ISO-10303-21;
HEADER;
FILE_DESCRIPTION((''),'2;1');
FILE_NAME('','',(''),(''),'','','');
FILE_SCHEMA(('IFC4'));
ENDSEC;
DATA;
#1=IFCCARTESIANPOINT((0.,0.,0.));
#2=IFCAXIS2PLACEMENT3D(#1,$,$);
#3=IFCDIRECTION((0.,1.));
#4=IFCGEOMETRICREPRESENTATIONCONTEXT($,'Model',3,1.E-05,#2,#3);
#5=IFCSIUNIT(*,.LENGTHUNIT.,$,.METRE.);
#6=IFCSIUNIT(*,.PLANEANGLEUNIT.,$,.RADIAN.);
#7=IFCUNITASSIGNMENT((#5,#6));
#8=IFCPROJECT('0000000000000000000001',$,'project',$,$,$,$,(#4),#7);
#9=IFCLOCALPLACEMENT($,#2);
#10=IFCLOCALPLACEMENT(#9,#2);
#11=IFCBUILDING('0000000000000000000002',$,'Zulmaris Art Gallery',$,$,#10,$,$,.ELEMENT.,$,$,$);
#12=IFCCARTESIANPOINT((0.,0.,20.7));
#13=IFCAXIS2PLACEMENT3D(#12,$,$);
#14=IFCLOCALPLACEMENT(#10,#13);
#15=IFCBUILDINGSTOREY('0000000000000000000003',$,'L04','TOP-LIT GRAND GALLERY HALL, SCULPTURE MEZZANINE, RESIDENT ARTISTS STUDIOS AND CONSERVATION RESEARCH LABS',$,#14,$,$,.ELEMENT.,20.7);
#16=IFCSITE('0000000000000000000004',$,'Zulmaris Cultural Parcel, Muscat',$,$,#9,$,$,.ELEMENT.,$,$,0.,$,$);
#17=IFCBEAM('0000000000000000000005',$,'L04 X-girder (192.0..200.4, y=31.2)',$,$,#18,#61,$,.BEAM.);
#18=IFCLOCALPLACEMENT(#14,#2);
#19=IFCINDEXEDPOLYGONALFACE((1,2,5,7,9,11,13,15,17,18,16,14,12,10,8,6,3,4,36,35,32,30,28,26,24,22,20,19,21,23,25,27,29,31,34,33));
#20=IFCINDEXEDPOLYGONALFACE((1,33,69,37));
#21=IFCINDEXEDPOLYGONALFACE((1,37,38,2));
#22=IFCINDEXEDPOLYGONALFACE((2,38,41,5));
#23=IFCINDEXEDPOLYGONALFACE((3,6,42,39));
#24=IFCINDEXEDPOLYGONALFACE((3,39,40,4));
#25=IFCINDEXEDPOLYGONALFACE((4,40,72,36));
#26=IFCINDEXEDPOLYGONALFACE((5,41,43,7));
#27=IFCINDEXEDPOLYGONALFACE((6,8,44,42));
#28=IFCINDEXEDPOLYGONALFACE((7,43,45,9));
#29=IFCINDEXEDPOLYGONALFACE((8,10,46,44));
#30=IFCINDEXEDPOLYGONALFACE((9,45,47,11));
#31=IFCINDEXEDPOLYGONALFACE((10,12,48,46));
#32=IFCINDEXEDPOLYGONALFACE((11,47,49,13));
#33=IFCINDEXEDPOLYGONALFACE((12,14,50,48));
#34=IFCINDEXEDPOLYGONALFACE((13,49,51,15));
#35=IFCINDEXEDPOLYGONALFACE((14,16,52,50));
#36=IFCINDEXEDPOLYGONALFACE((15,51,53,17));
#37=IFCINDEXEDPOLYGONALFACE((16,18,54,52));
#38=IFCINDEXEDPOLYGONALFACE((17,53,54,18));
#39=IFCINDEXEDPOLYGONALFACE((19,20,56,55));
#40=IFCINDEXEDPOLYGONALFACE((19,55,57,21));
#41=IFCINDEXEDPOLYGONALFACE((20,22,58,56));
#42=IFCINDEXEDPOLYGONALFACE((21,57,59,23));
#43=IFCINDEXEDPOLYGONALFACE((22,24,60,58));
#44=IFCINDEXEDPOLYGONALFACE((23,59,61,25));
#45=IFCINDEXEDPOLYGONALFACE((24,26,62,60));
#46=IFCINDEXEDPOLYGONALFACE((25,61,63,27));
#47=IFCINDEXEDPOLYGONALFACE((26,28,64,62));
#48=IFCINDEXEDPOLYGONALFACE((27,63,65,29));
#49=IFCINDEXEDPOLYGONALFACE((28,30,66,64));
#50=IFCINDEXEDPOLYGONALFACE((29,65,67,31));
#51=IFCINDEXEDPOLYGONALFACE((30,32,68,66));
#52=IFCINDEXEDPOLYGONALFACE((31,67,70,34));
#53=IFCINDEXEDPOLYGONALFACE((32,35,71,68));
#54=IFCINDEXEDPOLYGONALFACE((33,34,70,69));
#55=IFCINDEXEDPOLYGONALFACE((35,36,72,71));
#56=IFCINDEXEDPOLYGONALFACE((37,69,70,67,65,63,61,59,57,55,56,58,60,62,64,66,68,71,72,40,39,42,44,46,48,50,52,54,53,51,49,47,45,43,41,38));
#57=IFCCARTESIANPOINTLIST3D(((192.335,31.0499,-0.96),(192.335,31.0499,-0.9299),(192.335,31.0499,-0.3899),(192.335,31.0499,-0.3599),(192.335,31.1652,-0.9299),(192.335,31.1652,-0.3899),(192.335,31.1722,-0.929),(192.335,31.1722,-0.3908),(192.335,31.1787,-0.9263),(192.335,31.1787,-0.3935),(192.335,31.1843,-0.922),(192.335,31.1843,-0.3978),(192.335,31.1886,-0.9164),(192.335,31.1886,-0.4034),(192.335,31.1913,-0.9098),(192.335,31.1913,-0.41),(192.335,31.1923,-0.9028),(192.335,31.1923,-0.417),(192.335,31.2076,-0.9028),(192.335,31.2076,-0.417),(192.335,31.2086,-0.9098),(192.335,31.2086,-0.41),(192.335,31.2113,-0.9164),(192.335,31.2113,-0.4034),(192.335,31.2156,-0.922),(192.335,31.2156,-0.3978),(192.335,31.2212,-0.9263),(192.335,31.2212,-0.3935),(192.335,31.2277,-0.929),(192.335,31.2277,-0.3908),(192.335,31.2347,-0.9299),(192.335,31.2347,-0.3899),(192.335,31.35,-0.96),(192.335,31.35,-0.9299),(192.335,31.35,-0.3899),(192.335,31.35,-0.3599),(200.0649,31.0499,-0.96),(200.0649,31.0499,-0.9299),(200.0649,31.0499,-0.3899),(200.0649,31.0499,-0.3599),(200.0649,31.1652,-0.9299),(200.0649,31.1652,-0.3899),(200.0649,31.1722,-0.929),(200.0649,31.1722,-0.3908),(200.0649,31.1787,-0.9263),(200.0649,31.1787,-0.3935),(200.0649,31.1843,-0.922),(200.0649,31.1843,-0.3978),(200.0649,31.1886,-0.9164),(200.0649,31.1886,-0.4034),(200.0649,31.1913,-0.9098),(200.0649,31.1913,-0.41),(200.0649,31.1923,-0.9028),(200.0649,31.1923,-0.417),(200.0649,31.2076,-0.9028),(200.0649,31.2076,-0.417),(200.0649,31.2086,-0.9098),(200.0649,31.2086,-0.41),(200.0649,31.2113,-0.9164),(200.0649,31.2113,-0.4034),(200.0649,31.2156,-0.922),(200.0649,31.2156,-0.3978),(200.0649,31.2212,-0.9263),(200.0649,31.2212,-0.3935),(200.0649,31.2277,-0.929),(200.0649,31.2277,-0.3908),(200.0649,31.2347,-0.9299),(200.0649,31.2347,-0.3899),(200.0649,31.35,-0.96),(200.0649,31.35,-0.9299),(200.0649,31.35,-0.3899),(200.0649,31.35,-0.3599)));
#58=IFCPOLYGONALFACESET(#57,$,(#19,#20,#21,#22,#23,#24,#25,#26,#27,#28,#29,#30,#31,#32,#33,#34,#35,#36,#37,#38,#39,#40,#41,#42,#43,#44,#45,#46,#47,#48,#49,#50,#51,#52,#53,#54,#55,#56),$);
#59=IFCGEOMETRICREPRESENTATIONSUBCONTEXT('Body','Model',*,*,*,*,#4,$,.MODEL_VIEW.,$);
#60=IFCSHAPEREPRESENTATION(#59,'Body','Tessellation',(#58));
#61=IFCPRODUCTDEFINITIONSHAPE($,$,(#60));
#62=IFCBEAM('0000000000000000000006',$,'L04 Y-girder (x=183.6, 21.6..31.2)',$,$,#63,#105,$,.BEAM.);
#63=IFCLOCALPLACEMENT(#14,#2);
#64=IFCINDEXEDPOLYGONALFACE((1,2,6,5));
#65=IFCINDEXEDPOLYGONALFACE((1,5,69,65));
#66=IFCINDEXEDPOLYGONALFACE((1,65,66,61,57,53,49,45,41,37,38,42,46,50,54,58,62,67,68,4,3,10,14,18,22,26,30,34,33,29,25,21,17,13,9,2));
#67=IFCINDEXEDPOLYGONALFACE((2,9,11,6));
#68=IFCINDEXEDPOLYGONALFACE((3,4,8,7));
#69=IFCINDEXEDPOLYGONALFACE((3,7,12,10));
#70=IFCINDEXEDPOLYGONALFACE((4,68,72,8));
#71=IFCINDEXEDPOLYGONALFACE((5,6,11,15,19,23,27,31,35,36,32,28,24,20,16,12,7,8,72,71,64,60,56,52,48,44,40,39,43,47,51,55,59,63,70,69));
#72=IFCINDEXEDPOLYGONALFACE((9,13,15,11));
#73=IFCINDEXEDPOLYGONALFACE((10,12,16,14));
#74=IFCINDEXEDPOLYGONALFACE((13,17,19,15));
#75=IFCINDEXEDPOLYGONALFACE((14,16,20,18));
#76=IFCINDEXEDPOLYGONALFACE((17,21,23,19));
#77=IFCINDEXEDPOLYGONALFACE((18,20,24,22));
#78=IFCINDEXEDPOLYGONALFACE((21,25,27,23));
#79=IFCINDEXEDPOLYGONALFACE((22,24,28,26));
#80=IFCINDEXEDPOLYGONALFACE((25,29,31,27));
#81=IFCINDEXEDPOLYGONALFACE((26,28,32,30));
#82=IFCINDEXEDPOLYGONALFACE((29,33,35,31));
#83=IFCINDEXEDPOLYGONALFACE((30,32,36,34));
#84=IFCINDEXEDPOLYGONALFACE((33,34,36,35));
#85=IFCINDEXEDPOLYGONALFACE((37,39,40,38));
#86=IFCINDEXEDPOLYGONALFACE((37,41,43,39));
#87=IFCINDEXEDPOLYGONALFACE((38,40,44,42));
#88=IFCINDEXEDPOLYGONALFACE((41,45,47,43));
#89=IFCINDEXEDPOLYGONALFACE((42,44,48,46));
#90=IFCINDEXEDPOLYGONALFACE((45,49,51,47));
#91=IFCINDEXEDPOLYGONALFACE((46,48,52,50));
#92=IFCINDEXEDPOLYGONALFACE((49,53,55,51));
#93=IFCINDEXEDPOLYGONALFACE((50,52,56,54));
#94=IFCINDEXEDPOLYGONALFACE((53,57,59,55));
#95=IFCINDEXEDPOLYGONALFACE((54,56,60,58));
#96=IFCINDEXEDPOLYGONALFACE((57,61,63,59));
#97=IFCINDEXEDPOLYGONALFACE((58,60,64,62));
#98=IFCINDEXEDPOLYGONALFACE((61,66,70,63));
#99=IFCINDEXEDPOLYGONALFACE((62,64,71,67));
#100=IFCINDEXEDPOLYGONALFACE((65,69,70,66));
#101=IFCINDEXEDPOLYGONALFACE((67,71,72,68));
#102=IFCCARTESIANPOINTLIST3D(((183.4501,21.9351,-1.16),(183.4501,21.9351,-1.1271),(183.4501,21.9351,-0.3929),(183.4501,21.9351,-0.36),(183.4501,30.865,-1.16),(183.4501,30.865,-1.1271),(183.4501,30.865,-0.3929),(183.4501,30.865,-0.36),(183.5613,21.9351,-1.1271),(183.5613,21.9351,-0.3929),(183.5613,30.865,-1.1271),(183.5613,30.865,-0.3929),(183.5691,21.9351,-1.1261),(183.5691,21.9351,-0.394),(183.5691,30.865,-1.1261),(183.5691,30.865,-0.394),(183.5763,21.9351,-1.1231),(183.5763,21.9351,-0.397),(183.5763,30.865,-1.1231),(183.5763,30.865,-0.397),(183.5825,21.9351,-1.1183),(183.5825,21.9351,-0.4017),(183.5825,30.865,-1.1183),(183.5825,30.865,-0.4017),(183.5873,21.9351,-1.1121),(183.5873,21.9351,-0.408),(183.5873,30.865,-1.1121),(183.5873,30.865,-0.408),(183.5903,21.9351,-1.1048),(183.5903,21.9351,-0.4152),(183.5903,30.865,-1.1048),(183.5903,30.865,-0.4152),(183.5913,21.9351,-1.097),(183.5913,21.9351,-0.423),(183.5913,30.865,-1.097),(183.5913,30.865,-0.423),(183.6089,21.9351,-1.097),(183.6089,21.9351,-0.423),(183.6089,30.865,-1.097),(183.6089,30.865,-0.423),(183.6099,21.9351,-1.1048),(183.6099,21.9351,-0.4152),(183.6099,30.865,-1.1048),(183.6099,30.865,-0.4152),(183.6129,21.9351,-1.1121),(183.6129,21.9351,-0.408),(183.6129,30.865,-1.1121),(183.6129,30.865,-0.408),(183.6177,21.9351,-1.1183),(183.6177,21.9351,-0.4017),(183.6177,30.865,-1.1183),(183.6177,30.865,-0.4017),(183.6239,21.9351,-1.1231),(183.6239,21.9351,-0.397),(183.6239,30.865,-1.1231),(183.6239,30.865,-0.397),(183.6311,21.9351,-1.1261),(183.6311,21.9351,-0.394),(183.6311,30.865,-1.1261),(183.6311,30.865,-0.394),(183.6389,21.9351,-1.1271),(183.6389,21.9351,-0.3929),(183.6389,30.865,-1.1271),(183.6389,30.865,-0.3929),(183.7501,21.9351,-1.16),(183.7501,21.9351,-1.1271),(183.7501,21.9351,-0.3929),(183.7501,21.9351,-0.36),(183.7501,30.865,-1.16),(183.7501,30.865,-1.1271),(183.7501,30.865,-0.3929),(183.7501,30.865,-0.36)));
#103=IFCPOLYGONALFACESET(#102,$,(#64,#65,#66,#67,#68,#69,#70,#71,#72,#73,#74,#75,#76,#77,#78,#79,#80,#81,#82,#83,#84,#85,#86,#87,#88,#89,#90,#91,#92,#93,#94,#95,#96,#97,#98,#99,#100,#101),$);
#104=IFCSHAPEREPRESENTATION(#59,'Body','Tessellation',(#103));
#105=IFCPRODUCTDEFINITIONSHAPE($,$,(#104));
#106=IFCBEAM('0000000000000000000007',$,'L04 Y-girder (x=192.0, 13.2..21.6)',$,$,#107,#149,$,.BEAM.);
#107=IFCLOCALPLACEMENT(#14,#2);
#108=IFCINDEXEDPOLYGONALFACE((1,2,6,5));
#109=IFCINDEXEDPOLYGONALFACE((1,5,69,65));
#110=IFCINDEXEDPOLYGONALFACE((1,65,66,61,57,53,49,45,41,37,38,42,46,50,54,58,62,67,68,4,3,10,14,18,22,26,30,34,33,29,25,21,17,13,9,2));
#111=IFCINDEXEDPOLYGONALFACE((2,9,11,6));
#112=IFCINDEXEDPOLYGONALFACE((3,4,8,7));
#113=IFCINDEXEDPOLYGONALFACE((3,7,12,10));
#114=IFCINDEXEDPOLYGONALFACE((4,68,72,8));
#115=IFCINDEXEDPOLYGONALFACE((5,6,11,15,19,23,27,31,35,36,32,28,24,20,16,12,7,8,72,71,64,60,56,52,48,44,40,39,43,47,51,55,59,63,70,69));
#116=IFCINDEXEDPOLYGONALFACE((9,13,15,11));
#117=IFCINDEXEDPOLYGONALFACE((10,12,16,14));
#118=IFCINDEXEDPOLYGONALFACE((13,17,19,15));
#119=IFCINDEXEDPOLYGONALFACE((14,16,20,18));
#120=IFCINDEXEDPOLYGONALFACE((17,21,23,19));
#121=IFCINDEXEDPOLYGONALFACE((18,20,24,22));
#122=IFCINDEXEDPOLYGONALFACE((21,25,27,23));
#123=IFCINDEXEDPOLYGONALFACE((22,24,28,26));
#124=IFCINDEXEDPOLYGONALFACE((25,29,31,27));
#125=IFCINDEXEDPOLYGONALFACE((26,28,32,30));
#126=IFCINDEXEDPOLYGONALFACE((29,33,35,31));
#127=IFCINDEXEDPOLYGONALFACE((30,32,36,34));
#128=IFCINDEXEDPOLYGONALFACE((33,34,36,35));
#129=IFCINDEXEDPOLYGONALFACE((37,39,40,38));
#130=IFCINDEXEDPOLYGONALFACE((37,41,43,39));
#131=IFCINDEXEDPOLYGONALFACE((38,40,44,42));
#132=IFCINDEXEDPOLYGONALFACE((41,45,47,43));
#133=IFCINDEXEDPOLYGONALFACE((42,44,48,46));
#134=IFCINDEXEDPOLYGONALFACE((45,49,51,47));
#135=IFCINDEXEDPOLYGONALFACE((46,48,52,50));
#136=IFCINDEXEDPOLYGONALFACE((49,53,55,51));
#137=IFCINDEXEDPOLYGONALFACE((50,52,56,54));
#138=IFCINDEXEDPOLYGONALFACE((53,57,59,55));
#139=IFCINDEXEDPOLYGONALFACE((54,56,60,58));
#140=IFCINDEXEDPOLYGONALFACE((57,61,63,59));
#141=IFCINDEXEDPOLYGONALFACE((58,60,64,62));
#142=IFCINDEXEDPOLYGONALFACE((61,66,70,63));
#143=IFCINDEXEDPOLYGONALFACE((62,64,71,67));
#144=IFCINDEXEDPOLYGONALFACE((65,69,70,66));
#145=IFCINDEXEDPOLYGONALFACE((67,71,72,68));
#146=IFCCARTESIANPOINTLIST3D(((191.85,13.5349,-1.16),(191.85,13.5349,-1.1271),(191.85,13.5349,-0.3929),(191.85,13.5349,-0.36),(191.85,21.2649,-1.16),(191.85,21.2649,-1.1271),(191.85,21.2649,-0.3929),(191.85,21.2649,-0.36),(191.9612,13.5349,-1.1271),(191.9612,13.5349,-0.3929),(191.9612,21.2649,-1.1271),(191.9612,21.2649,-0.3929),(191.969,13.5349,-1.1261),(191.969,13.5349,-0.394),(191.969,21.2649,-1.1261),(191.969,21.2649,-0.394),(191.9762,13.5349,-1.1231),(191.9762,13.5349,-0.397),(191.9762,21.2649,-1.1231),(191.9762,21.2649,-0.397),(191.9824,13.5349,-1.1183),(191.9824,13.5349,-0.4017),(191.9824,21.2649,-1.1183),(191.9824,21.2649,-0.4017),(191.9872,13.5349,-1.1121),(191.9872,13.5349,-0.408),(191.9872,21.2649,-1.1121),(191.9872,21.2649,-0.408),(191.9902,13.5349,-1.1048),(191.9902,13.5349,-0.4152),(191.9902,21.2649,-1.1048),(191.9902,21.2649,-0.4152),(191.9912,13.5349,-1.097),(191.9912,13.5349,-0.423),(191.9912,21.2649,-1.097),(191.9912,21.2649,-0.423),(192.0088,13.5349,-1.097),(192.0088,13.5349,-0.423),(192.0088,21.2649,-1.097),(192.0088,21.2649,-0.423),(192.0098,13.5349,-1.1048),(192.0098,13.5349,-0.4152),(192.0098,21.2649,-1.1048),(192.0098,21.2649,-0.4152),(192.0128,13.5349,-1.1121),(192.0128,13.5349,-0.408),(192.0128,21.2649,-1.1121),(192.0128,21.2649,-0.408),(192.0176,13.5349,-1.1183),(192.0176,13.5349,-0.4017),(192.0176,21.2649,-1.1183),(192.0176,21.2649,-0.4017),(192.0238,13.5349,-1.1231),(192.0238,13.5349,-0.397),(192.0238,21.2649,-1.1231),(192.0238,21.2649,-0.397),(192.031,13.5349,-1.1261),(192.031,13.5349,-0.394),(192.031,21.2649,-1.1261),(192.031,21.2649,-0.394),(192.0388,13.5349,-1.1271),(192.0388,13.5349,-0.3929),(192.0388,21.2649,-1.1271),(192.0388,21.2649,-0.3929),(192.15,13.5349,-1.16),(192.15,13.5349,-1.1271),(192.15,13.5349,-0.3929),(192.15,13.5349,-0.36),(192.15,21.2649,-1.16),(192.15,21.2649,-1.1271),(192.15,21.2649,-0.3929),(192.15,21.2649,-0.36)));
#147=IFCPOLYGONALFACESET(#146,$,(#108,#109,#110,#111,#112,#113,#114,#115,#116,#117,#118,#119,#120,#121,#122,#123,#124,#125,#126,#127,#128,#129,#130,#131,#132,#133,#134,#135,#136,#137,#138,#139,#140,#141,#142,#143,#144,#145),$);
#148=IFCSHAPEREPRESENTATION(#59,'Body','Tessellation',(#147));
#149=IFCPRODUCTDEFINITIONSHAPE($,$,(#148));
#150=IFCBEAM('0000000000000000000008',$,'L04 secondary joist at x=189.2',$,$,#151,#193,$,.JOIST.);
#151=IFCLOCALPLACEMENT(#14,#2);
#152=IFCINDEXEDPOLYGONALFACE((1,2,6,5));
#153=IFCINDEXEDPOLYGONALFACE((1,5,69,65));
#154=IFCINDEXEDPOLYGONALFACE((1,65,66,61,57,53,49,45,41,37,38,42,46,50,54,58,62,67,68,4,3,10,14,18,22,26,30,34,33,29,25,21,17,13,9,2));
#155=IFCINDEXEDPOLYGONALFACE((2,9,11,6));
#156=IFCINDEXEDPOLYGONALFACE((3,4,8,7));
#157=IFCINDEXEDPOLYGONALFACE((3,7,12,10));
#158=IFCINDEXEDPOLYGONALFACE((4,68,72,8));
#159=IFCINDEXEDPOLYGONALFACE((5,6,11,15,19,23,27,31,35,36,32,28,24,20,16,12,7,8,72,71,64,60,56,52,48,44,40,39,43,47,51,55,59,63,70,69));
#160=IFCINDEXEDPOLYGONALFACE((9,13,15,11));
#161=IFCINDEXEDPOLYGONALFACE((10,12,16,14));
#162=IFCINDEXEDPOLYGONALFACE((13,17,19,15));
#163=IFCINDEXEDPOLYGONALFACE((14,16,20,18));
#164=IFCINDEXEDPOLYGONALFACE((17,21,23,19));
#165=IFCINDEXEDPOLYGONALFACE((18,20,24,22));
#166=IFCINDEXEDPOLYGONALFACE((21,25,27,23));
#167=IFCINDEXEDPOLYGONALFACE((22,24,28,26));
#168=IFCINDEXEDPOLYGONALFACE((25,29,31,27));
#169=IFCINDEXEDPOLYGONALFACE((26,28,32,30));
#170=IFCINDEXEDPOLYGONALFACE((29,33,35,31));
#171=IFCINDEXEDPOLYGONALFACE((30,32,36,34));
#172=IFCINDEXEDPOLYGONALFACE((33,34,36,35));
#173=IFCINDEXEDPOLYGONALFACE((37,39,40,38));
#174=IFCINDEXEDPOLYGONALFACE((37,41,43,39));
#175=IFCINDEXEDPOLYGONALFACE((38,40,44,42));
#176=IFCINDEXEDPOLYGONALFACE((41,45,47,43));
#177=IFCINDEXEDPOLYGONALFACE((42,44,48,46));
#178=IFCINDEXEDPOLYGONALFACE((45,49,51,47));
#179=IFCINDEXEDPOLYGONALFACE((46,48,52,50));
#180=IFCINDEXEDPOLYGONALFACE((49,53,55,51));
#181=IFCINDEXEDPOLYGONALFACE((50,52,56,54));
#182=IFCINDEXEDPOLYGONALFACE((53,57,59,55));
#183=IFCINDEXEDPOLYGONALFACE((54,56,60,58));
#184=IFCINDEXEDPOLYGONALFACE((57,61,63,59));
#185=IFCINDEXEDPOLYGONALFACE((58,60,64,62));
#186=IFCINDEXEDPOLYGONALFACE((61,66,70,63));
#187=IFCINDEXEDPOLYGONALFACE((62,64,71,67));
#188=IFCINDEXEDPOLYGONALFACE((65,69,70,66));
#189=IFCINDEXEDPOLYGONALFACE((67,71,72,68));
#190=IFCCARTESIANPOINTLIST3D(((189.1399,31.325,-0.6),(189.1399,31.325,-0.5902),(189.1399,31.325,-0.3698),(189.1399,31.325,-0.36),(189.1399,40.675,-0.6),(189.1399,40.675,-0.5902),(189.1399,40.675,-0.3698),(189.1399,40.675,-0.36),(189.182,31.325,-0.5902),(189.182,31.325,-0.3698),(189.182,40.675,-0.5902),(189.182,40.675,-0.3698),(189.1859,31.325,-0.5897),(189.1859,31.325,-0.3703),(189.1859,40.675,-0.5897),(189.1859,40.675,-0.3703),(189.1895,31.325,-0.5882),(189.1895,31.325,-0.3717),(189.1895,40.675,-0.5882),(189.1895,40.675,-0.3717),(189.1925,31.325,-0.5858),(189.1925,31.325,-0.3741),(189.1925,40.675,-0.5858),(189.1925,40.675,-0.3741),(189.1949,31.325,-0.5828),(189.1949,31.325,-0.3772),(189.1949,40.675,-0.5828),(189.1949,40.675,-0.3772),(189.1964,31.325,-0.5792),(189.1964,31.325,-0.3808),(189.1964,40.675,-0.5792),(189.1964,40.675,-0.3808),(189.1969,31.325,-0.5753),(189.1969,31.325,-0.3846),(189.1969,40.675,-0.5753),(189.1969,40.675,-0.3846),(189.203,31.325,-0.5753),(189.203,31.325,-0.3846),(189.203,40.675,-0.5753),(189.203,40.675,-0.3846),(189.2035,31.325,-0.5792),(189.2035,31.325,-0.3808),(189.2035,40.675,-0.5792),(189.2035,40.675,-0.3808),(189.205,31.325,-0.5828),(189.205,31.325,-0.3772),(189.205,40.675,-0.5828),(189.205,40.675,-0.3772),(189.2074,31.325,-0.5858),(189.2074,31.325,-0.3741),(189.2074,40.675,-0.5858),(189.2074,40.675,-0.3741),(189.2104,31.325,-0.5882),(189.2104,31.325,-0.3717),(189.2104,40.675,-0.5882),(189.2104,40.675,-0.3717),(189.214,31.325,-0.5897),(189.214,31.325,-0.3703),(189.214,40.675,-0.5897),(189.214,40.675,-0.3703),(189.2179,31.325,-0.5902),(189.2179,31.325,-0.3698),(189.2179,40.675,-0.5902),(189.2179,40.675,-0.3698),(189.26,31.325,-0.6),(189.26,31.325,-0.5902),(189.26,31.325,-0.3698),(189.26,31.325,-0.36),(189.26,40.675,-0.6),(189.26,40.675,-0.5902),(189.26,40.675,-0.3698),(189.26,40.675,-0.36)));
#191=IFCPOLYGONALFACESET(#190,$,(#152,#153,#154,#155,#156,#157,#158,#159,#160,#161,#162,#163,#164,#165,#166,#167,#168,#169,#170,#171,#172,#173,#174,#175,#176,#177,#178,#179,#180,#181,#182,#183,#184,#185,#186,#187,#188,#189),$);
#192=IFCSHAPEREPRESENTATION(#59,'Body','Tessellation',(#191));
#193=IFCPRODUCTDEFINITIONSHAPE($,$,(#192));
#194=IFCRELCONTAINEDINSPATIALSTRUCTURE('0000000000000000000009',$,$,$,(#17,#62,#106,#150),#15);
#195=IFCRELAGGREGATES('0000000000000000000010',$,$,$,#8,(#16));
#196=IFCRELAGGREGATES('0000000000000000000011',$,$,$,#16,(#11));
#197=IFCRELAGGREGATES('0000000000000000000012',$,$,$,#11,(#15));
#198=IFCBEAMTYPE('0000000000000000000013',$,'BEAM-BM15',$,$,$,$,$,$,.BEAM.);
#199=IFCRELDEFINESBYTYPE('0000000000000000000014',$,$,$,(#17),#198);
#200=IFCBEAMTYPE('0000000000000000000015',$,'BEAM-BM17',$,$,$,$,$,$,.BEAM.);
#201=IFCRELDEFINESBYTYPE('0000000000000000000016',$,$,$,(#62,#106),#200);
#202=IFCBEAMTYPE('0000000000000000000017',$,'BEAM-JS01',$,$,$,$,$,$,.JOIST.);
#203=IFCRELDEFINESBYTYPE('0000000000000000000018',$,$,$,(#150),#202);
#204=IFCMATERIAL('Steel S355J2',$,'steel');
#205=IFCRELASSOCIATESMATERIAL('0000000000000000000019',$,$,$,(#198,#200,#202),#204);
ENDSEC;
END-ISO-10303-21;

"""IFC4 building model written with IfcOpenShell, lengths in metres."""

from ifc_helpers import new_model, si_unit, direction, frame, origin, origin_2d, place, context, subcontext, project, spatial, i_section, extrude, material, material_profile, profile_set, type_object, element, save


model = new_model("IFC4")

# Units and contexts
model_context = context("Model", 3, precision=1e-05, world=origin(), true_north=direction((0.0, 1.0)))
body_context = subcontext(model_context, "Body", "Model", "MODEL_VIEW")
ifc_project = project(units=[si_unit("LENGTHUNIT", "METRE"), si_unit("PLANEANGLEUNIT", "RADIAN")], contexts=[model_context])

# Site, building, storey
site_placement = place(None, origin())
site = spatial("IfcSite", under=ifc_project, at=site_placement, Name="Zulmaris Cultural Parcel, Muscat", CompositionType="ELEMENT", RefElevation=0.0)
building_placement = place(site_placement, origin())
building = spatial("IfcBuilding", under=site, at=building_placement, Name="Zulmaris Art Gallery", CompositionType="ELEMENT")
storey_placement = place(building_placement, frame((0.0, 0.0, 20.7)))
storey = spatial("IfcBuildingStorey", under=building, at=storey_placement, Name="L04", Description="TOP-LIT GRAND GALLERY HALL, SCULPTURE MEZZANINE, RESIDENT ARTISTS STUDIOS AND CONSERVATION RESEARCH LABS", CompositionType="ELEMENT", Elevation=20.7)

# Beams
ifc_material_1 = material(Name="Steel S355J2", Category="steel")
ifc_material_profile_1 = material_profile(ifc_material_1, i_section(OverallWidth=0.3, OverallDepth=0.6001, WebThickness=0.0154, FlangeThickness=0.03, FilletRadius=0.0271, at=origin_2d()), Name="HEB 600")
ifc_profile_set_1 = profile_set([ifc_material_profile_1], Name="Steel S355J2")
beam_type_1 = type_object("IfcBeamType", Name="BEAM-BM15", PredefinedType="BEAM", material=ifc_profile_set_1)
for number, where, z_axis, x_axis, name in (
    (1, (192.335, 31.2, -0.6599), (1.0, 0.0, 0.0), (0.0, 1.0, 0.0), "L04 X-girder (192.0..200.4, y=31.2)"),
):
    element("IfcBeam", number, at=place(storey_placement, frame(where, z_axis=z_axis, x_axis=x_axis)), inside=storey, type_object=beam_type_1, Name=name, PredefinedType="BEAM", context=body_context, shape_type="SweptSolid", body=[
        extrude(i_section(OverallWidth=0.3, OverallDepth=0.6001, WebThickness=0.0154, FlangeThickness=0.03, FilletRadius=0.0271, at=origin_2d()), origin(), (0.0, 0.0, 1.0), 7.73),
    ])
ifc_material_profile_2 = material_profile(ifc_material_1, i_section(OverallWidth=0.3, OverallDepth=0.8, WebThickness=0.0176, FlangeThickness=0.033, FilletRadius=0.03, at=origin_2d()), Name="HEB 800")
ifc_profile_set_2 = profile_set([ifc_material_profile_2], Name="Steel S355J2")
beam_type_2 = type_object("IfcBeamType", Name="BEAM-BM17", PredefinedType="BEAM", material=ifc_profile_set_2)
beam_1_placement = place(storey_placement, frame((183.6001, 21.9351, -0.76), z_axis=(0.0, 1.0, 0.0), x_axis=(-1.0, 0.0, 0.0)))
element("IfcBeam", 2, at=beam_1_placement, inside=storey, type_object=beam_type_2, Name="L04 Y-girder (x=183.6, 21.6..31.2)", PredefinedType="BEAM", context=body_context, shape_type="SweptSolid", body=[
    extrude(i_section(OverallWidth=0.3, OverallDepth=0.8, WebThickness=0.0176, FlangeThickness=0.033, FilletRadius=0.03, at=origin_2d()), origin(), (0.0, 0.0, 1.0), 8.9299),
])
beam_2_placement = place(storey_placement, frame((192.0, 13.5349, -0.76), z_axis=(0.0, 1.0, 0.0), x_axis=(-1.0, 0.0, 0.0)))
element("IfcBeam", 3, at=beam_2_placement, inside=storey, type_object=beam_type_2, Name="L04 Y-girder (x=192.0, 13.2..21.6)", PredefinedType="BEAM", context=body_context, shape_type="SweptSolid", body=[
    extrude(i_section(OverallWidth=0.3, OverallDepth=0.8, WebThickness=0.0176, FlangeThickness=0.033, FilletRadius=0.03, at=origin_2d()), origin(), (0.0, 0.0, 1.0), 7.73),
])
ifc_material_profile_3 = material_profile(ifc_material_1, i_section(OverallWidth=0.1201, OverallDepth=0.24, WebThickness=0.0061, FlangeThickness=0.0098, FilletRadius=0.0149, at=origin_2d()), Name="IPE 240")
ifc_profile_set_3 = profile_set([ifc_material_profile_3], Name="Steel S355J2")
beam_type_3 = type_object("IfcBeamType", Name="BEAM-JS01", PredefinedType="JOIST", material=ifc_profile_set_3)
beam_3_placement = place(storey_placement, frame((189.2, 31.325, -0.48), z_axis=(0.0, 1.0, 0.0), x_axis=(-1.0, 0.0, 0.0)))
element("IfcBeam", 4, at=beam_3_placement, inside=storey, type_object=beam_type_3, Name="L04 secondary joist at x=189.2", PredefinedType="JOIST", context=body_context, shape_type="SweptSolid", body=[
    extrude(i_section(OverallWidth=0.1201, OverallDepth=0.24, WebThickness=0.0061, FlangeThickness=0.0098, FilletRadius=0.0149, at=origin_2d()), origin(), (0.0, 0.0, 1.0), 9.3501),
])

save(model, "model.ifc")
